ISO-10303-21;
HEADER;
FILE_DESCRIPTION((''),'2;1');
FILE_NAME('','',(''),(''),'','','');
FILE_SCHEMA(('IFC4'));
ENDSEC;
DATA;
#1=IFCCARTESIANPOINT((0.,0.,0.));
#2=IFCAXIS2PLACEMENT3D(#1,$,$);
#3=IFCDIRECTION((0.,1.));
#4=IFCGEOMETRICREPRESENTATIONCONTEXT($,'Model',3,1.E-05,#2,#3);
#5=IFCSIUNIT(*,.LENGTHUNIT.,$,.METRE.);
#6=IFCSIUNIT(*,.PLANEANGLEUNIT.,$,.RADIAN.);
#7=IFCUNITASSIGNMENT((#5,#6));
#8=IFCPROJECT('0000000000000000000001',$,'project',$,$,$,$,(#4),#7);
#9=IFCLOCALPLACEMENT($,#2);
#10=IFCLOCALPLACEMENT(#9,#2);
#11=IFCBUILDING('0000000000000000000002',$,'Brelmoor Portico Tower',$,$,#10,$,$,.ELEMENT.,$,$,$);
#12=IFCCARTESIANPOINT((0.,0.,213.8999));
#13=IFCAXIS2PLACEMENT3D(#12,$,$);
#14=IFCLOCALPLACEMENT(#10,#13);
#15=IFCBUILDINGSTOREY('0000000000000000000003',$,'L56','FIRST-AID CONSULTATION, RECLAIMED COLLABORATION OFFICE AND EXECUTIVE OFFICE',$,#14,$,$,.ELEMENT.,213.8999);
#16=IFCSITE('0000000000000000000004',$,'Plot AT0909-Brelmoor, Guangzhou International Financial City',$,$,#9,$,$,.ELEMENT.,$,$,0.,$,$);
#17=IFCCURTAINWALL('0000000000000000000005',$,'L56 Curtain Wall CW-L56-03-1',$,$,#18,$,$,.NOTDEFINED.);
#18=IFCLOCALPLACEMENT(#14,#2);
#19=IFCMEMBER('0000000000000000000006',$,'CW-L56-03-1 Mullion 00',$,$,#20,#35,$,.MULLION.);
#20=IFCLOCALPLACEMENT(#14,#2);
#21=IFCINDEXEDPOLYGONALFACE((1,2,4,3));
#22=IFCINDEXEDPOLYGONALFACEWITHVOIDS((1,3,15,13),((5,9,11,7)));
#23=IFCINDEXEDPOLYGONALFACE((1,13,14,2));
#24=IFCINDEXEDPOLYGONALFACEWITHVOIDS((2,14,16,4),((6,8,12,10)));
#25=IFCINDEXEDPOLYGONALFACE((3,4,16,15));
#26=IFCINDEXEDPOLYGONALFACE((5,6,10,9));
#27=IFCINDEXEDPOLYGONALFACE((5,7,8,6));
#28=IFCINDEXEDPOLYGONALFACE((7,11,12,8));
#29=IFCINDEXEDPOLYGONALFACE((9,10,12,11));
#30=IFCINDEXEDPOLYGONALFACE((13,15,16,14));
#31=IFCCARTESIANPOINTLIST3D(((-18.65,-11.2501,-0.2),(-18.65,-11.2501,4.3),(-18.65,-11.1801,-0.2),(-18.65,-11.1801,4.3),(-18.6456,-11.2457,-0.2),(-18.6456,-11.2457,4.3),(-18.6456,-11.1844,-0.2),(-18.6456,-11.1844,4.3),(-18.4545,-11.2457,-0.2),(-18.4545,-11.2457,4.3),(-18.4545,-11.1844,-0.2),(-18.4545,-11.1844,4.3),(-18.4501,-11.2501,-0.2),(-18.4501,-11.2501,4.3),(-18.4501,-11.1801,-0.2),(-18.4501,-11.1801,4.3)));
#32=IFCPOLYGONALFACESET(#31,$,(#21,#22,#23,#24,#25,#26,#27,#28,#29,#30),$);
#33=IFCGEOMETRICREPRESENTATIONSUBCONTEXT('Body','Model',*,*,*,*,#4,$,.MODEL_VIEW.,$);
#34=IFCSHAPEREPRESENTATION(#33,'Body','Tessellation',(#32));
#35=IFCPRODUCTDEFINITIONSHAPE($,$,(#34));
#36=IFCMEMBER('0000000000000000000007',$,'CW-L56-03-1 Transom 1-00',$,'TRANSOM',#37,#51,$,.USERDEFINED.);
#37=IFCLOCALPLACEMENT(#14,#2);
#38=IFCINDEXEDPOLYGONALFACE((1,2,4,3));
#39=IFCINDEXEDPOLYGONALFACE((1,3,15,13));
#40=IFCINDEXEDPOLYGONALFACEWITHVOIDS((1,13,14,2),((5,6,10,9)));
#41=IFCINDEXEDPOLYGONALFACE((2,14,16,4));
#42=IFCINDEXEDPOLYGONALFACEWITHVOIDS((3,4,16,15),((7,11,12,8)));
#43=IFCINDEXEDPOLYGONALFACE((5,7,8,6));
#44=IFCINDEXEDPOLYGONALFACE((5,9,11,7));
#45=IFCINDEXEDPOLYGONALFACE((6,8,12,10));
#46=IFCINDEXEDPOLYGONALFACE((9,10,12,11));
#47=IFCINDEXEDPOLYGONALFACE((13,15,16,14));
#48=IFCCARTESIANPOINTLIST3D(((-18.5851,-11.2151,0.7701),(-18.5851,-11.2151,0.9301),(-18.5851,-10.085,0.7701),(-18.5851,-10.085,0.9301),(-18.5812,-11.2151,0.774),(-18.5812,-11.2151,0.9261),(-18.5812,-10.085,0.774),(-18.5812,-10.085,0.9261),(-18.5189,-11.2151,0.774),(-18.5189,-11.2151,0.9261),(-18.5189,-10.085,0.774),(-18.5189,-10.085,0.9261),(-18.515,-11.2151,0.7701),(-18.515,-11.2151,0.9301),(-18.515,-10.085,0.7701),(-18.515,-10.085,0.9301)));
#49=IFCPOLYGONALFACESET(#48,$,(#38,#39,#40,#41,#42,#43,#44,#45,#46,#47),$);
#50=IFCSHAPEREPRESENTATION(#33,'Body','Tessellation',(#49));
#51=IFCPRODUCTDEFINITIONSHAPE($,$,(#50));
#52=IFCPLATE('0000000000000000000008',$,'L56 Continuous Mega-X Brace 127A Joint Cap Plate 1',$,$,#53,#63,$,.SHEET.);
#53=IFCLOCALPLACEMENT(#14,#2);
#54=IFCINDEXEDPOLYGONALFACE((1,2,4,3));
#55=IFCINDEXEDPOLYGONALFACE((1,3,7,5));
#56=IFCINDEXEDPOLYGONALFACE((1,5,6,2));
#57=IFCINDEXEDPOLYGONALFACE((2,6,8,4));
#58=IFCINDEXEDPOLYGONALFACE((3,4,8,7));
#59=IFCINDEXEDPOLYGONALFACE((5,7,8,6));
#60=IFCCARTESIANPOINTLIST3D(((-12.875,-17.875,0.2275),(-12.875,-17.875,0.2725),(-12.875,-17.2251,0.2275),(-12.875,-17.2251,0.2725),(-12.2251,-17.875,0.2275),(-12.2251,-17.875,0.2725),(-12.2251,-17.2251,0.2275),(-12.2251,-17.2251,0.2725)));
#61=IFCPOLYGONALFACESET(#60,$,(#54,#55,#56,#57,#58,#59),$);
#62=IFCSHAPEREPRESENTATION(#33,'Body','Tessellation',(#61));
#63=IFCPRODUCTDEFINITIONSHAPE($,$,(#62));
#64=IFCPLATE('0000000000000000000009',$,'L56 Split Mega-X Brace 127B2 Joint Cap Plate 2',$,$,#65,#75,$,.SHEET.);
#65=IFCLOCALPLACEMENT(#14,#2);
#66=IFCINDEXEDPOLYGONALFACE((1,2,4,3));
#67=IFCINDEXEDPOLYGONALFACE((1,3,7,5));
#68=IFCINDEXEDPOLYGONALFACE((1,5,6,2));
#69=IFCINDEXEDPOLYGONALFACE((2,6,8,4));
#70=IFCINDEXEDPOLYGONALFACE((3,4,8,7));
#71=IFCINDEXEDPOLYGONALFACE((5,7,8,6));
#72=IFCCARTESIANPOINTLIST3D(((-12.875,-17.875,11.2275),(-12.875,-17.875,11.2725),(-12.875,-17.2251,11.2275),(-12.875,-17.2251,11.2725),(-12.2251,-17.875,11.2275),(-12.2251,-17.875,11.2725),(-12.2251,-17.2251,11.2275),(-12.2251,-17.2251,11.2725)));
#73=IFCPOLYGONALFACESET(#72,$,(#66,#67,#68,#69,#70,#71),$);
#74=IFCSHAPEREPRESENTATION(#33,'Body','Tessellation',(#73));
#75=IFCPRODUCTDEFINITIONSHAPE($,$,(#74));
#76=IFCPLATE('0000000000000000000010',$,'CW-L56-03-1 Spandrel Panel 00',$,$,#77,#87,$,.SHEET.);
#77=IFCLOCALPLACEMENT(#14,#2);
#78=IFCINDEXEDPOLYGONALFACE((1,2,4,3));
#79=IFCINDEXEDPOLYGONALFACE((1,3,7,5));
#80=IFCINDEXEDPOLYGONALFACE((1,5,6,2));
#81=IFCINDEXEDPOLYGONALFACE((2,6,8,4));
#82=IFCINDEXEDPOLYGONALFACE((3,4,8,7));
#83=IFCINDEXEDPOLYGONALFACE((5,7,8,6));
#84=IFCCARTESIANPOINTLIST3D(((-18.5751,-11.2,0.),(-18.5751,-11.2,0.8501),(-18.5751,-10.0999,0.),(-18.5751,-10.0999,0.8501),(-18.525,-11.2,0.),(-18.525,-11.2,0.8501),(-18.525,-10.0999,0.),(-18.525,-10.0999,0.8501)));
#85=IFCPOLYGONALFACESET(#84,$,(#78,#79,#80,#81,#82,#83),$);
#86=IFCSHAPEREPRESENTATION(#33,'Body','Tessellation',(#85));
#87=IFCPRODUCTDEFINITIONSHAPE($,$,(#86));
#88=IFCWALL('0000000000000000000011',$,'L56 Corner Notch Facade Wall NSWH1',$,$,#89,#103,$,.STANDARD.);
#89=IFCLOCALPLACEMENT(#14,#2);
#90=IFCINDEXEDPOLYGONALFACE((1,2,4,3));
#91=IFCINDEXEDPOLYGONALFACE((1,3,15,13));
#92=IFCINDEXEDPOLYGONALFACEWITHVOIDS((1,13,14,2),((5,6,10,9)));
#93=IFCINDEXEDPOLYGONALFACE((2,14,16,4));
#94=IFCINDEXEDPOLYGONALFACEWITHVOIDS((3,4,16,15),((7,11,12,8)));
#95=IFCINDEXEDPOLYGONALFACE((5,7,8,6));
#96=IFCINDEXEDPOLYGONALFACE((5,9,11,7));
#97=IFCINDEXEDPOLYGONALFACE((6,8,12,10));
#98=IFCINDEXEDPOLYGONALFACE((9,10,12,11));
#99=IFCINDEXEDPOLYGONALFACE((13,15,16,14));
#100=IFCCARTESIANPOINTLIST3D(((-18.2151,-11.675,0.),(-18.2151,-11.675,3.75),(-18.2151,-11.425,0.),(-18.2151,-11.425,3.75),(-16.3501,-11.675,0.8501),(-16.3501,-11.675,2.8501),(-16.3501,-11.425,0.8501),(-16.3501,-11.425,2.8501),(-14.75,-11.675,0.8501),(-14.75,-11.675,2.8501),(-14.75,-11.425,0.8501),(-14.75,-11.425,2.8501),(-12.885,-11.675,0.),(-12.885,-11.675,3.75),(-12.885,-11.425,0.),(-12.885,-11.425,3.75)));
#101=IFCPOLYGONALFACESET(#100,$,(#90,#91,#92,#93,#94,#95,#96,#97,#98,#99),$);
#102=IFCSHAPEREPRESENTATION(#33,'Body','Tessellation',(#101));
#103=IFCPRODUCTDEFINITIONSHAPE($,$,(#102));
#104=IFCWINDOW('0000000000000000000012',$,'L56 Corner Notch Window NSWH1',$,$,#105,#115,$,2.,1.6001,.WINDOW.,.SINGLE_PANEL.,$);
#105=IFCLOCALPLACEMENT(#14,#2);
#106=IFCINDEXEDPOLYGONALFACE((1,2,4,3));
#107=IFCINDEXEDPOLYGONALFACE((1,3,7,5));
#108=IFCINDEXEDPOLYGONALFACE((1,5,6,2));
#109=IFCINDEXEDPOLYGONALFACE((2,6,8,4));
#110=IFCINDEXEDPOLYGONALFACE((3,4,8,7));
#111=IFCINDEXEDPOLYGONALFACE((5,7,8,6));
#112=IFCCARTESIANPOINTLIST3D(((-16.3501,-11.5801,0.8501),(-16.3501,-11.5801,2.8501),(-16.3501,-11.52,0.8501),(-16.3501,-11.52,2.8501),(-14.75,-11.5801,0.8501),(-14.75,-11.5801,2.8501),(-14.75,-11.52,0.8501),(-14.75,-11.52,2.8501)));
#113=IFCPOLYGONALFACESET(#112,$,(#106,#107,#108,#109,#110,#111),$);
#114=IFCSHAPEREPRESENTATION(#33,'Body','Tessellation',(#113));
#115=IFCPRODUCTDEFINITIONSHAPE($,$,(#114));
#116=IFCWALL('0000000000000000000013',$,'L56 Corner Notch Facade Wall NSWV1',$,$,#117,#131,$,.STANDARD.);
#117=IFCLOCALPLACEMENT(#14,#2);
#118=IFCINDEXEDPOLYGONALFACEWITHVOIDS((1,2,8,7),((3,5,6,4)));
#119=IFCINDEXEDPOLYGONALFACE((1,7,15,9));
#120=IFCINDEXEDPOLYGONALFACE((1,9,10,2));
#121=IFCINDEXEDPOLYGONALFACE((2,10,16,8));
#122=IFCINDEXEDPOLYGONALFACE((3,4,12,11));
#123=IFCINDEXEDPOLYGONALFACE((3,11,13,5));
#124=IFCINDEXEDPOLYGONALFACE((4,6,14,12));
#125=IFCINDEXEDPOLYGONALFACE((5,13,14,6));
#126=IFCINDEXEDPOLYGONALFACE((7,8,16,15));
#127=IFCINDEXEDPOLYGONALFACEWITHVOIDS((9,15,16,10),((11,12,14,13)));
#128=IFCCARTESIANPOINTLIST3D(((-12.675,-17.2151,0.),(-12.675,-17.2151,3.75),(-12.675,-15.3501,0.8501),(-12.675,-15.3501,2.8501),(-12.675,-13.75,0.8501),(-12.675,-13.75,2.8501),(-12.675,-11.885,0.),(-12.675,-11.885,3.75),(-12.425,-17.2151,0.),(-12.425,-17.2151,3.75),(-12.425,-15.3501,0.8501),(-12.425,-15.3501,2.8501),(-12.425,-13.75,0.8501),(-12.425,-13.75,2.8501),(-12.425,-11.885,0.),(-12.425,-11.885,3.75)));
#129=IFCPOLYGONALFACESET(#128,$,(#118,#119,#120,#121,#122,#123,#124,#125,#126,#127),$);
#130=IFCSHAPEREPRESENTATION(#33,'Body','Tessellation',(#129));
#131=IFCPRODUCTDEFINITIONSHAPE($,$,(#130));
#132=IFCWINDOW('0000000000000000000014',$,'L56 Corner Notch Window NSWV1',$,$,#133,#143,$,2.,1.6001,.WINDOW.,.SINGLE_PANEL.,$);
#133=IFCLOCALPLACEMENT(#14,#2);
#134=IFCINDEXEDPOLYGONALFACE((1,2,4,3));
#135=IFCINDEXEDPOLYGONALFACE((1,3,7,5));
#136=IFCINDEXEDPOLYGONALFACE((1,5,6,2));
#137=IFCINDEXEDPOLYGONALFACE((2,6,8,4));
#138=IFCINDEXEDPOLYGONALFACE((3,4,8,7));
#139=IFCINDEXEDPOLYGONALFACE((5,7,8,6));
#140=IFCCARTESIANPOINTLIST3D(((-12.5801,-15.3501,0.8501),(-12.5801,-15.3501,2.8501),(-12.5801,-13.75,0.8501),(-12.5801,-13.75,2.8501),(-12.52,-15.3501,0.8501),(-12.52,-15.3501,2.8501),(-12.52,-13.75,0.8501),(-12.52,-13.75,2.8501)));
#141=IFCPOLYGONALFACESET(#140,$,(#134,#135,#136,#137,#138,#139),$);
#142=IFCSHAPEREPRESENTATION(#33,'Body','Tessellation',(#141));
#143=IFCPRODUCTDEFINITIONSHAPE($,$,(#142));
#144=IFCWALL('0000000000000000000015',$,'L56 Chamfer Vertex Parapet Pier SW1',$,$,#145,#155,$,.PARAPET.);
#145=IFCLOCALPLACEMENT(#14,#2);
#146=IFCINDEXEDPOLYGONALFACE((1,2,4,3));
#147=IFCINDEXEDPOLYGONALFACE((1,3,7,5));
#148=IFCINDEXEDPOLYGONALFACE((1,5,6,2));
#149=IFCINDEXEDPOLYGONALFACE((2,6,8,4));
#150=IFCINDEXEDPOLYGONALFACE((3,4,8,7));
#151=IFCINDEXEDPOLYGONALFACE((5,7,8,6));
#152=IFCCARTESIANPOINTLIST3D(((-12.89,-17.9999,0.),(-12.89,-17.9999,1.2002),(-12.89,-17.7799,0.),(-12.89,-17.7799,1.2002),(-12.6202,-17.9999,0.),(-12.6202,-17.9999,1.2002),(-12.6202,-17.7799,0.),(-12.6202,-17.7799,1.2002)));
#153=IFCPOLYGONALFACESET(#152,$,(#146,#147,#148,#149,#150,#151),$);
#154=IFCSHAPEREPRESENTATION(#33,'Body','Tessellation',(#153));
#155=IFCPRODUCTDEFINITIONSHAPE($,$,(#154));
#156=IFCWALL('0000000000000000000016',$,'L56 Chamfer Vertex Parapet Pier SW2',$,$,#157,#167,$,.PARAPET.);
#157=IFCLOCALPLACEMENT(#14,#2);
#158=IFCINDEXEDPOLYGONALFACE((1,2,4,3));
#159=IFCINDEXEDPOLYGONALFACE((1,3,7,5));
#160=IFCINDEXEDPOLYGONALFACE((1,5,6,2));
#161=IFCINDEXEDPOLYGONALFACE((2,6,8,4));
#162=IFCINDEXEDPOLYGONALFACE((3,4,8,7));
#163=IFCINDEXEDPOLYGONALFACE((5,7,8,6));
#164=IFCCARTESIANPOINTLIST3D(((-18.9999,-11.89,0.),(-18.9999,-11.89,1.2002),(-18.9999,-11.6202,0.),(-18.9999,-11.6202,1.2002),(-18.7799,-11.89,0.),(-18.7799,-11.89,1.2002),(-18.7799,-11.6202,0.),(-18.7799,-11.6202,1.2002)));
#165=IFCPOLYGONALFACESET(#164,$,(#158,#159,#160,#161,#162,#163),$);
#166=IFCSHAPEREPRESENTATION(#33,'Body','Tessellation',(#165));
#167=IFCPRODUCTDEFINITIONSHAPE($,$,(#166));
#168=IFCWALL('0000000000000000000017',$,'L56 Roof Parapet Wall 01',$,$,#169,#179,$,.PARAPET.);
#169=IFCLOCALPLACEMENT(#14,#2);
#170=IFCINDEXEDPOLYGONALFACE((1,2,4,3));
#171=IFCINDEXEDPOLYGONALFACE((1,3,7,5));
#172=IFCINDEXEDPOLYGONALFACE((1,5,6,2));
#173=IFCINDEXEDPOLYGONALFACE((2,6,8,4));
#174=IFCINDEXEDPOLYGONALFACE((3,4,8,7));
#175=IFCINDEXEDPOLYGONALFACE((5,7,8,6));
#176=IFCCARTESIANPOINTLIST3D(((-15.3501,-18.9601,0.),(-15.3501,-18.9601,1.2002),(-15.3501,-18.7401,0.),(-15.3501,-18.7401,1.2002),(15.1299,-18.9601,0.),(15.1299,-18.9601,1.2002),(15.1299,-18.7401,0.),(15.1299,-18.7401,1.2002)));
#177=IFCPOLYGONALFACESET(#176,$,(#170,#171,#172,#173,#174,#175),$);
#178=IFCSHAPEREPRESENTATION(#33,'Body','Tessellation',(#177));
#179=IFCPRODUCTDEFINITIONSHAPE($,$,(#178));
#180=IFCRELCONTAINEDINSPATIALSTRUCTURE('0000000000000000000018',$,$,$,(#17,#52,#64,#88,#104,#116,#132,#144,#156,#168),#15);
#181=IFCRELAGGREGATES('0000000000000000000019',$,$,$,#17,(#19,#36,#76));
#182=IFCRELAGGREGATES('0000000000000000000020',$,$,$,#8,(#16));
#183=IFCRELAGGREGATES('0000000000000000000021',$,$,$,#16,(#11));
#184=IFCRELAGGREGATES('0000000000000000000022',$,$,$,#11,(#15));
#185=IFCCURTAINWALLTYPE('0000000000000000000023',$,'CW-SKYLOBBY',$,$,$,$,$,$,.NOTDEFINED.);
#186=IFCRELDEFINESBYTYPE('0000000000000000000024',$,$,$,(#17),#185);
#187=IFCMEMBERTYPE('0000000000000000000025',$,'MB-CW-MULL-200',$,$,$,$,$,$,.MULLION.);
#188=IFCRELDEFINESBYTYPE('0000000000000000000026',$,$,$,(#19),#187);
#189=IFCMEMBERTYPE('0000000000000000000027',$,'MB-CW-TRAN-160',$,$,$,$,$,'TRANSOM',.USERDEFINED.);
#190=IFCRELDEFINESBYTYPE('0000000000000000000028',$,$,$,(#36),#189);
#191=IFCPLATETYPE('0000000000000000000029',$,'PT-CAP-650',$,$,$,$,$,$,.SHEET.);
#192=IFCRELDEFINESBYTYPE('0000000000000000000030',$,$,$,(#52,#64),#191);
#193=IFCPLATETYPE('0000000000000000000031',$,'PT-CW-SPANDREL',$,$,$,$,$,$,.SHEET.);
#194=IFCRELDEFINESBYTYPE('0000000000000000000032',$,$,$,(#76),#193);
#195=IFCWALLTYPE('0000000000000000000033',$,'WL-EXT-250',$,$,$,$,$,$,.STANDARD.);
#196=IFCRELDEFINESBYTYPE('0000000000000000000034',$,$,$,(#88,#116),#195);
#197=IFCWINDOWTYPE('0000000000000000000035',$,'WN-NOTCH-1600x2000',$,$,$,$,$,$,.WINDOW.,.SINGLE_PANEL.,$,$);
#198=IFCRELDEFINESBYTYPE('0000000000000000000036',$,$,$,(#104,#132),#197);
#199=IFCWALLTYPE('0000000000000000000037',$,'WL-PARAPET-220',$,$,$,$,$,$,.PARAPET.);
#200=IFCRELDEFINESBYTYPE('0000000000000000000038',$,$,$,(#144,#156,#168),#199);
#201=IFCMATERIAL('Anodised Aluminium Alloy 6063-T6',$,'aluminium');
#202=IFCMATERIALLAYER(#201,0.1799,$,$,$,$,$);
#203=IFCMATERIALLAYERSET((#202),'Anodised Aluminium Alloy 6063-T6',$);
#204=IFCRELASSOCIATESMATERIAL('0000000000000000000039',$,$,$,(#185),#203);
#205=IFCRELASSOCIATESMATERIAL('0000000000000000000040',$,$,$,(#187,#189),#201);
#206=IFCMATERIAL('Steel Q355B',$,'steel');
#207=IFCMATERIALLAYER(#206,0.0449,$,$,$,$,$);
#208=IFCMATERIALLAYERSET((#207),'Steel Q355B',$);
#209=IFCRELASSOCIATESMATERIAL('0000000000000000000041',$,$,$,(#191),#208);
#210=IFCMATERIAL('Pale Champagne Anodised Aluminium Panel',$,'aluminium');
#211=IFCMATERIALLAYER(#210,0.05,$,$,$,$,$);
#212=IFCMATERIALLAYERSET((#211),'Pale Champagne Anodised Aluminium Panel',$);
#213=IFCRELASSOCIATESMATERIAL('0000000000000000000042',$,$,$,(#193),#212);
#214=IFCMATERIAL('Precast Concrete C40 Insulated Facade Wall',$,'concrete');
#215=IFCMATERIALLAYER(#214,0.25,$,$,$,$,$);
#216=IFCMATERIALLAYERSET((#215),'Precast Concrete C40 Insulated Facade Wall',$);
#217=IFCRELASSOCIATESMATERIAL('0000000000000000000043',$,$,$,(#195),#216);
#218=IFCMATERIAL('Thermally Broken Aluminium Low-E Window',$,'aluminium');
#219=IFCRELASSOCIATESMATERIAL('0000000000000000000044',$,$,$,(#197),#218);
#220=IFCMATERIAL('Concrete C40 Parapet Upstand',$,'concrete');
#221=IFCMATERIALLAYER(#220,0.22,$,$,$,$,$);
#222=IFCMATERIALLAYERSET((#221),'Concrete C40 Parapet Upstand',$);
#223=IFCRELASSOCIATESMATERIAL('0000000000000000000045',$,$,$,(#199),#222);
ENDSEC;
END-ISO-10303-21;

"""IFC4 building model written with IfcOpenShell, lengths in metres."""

from ifc_helpers import new_model, si_unit, direction, frame, frame_2d, origin, origin_2d, place, context, subcontext, project, spatial, rectangle, hollow_rectangle, extrude, material, layer, layer_set, material_profile, profile_set, type_object, element, fill, aggregate, save


model = new_model("IFC4")

# Units and contexts
model_context = context("Model", 3, precision=1e-05, world=origin(), true_north=direction((0.0, 1.0)))
body_context = subcontext(model_context, "Body", "Model", "MODEL_VIEW")
ifc_project = project(units=[si_unit("LENGTHUNIT", "METRE"), si_unit("PLANEANGLEUNIT", "RADIAN")], contexts=[model_context])

# Site, building, storey
site_placement = place(None, origin())
site = spatial("IfcSite", under=ifc_project, at=site_placement, Name="Plot AT0909-Brelmoor, Guangzhou International Financial City", CompositionType="ELEMENT", RefElevation=0.0)
building_placement = place(site_placement, origin())
building = spatial("IfcBuilding", under=site, at=building_placement, Name="Brelmoor Portico Tower", CompositionType="ELEMENT")
storey_placement = place(building_placement, frame((0.0, 0.0, 213.8999)))
storey = spatial("IfcBuildingStorey", under=building, at=storey_placement, Name="L56", Description="FIRST-AID CONSULTATION, RECLAIMED COLLABORATION OFFICE AND EXECUTIVE OFFICE", CompositionType="ELEMENT", Elevation=213.8999)

# Shared definitions
ifc_material_1 = material(Name="Steel Q355B", Category="steel")

# Curtain wall, members
ifc_material_2 = material(Name="Anodised Aluminium Alloy 6063-T6", Category="aluminium")
ifc_layer_1 = layer(ifc_material_2, 0.1799)
ifc_layer_set_1 = layer_set([ifc_layer_1], Name="Anodised Aluminium Alloy 6063-T6")
curtain_wall_type = type_object("IfcCurtainWallType", Name="CW-SKYLOBBY", PredefinedType="NOTDEFINED", material=ifc_layer_set_1)
curtain_wall_placement = place(storey_placement, origin())
curtain_wall = element("IfcCurtainWall", 1, at=curtain_wall_placement, inside=storey, type_object=curtain_wall_type, Name="L56 Curtain Wall CW-L56-03-1", PredefinedType="NOTDEFINED")
ifc_material_profile_1 = material_profile(ifc_material_2, hollow_rectangle(XDim=0.0701, YDim=0.2, WallThickness=0.0044, at=origin_2d()), Name="ALU MULLION 70x200")
ifc_profile_set_1 = profile_set([ifc_material_profile_1], Name="Anodised Aluminium Alloy 6063-T6")
member_type_1 = type_object("IfcMemberType", Name="MB-CW-MULL-200", PredefinedType="MULLION", material=ifc_profile_set_1)
member_1_placement = place(storey_placement, frame((-18.55, -11.2151, -0.2), z_axis=(0.0, 0.0, 1.0), x_axis=(0.0, 1.0, 0.0)))
member_1 = element("IfcMember", 2, at=member_1_placement, type_object=member_type_1, Name="CW-L56-03-1 Mullion 00", PredefinedType="MULLION", context=body_context, shape_type="SweptSolid", body=[
    extrude(hollow_rectangle(XDim=0.0701, YDim=0.2, WallThickness=0.0044, at=origin_2d()), origin(), (0.0, 0.0, 1.0), 4.5),
])
ifc_material_profile_2 = material_profile(ifc_material_2, hollow_rectangle(XDim=0.0701, YDim=0.1599, WallThickness=0.0039, at=origin_2d()), Name="ALU TRANSOM 70x160")
ifc_profile_set_2 = profile_set([ifc_material_profile_2], Name="Anodised Aluminium Alloy 6063-T6")
member_type_2 = type_object("IfcMemberType", Name="MB-CW-TRAN-160", ElementType="TRANSOM", PredefinedType="USERDEFINED", material=ifc_profile_set_2)
member_2_placement = place(storey_placement, frame((-18.55, -11.2151, 0.8501), z_axis=(0.0, 1.0, 0.0), x_axis=(-1.0, 0.0, 0.0)))
member_2 = element("IfcMember", 3, at=member_2_placement, type_object=member_type_2, Name="CW-L56-03-1 Transom 1-00", ObjectType="TRANSOM", PredefinedType="USERDEFINED", context=body_context, shape_type="SweptSolid", body=[
    extrude(hollow_rectangle(XDim=0.0701, YDim=0.1599, WallThickness=0.0039, at=origin_2d()), origin(), (0.0, 0.0, 1.0), 1.1301),
])

# Plates
ifc_layer_2 = layer(ifc_material_1, 0.0449)
ifc_layer_set_2 = layer_set([ifc_layer_2], Name="Steel Q355B")
plate_type_1 = type_object("IfcPlateType", Name="PT-CAP-650", PredefinedType="SHEET", material=ifc_layer_set_2)
for number, where, z_axis, x_axis, name in (
    (4, (-12.55, -17.55, 0.2275), (0.0, 0.0, 1.0), (1.0, 0.0, 0.0), "L56 Continuous Mega-X Brace 127A Joint Cap Plate 1"),
    (5, (-12.55, -17.55, 11.2275), (0.0, 0.0, 1.0), (1.0, 0.0, 0.0), "L56 Split Mega-X Brace 127B2 Joint Cap Plate 2"),
):
    element("IfcPlate", number, at=place(storey_placement, frame(where, z_axis=z_axis, x_axis=x_axis)), inside=storey, type_object=plate_type_1, Name=name, PredefinedType="SHEET", context=body_context, shape_type="SweptSolid", body=[
        extrude(rectangle(XDim=0.6499, YDim=0.6499, at=origin_2d()), origin(), (0.0, 0.0, 1.0), 0.0449),
    ])

# Plate
ifc_material_3 = material(Name="Pale Champagne Anodised Aluminium Panel", Category="aluminium")
ifc_layer_3 = layer(ifc_material_3, 0.05)
ifc_layer_set_3 = layer_set([ifc_layer_3], Name="Pale Champagne Anodised Aluminium Panel")
plate_type_2 = type_object("IfcPlateType", Name="PT-CW-SPANDREL", PredefinedType="SHEET", material=ifc_layer_set_3)
plate_placement = place(storey_placement, frame((-18.55, -10.6499, 0.0), z_axis=(0.0, 0.0, 1.0), x_axis=(0.0, 1.0, 0.0)))
plate = element("IfcPlate", 6, at=plate_placement, type_object=plate_type_2, Name="CW-L56-03-1 Spandrel Panel 00", PredefinedType="SHEET", context=body_context, shape_type="SweptSolid", body=[
    extrude(rectangle(XDim=1.1001, YDim=0.05, at=origin_2d()), origin(), (0.0, 0.0, 1.0), 0.8501),
])
aggregate(curtain_wall, [member_1, member_2, plate])

# Walls, openings, windows
ifc_material_4 = material(Name="Precast Concrete C40 Insulated Facade Wall", Category="concrete")
ifc_layer_4 = layer(ifc_material_4, 0.25)
ifc_layer_set_4 = layer_set([ifc_layer_4], Name="Precast Concrete C40 Insulated Facade Wall")
wall_type_1 = type_object("IfcWallType", Name="WL-EXT-250", PredefinedType="STANDARD", material=ifc_layer_set_4)
wall_1_placement = place(storey_placement, frame((-18.2151, -11.55, 0.0), z_axis=(0.0, 0.0, 1.0), x_axis=(1.0, 0.0, 0.0)))
wall_1 = element("IfcWall", 7, at=wall_1_placement, inside=storey, type_object=wall_type_1, Name="L56 Corner Notch Facade Wall NSWH1", PredefinedType="STANDARD", context=body_context, shape_type="SweptSolid", body=[
    extrude(rectangle(XDim=5.3301, YDim=0.25, at=frame_2d((2.665, 0.0))), origin(), (0.0, 0.0, 1.0), 3.75),
])
opening_1_placement = place(wall_1_placement, frame((1.865, 0.0, 0.8501)))
opening_1 = element("IfcOpeningElement", 8, at=opening_1_placement, cuts=wall_1, PredefinedType="OPENING", context=body_context, shape_type="SweptSolid", body=[
    extrude(rectangle(XDim=1.6001, YDim=2.0, at=frame_2d((0.8, 1.0))), frame((0.0, 0.135, 0.0), z_axis=(0.0, -1.0, 0.0), x_axis=(1.0, 0.0, 0.0)), (0.0, 0.0, 1.0), 0.27),
])
ifc_material_5 = material(Name="Thermally Broken Aluminium Low-E Window", Category="aluminium")
window_type = type_object("IfcWindowType", Name="WN-NOTCH-1600x2000", PartitioningType="SINGLE_PANEL", PredefinedType="WINDOW", material=ifc_material_5)
window_1_placement = place(opening_1_placement, origin())
window_1 = element("IfcWindow", 9, at=window_1_placement, inside=storey, type_object=window_type, Name="L56 Corner Notch Window NSWH1", OverallHeight=2.0, OverallWidth=1.6001, PartitioningType="SINGLE_PANEL", PredefinedType="WINDOW", context=body_context, shape_type="SweptSolid", body=[
    extrude(rectangle(XDim=1.6001, YDim=2.0, at=frame_2d((0.8, 1.0))), frame((0.0, 0.03, 0.0), z_axis=(0.0, -1.0, 0.0), x_axis=(1.0, 0.0, 0.0)), (0.0, 0.0, 1.0), 0.0601),
])
fill(opening_1, window_1)
wall_2_placement = place(storey_placement, frame((-12.55, -17.2151, 0.0), z_axis=(0.0, 0.0, 1.0), x_axis=(0.0, 1.0, 0.0)))
wall_2 = element("IfcWall", 10, at=wall_2_placement, inside=storey, type_object=wall_type_1, Name="L56 Corner Notch Facade Wall NSWV1", PredefinedType="STANDARD", context=body_context, shape_type="SweptSolid", body=[
    extrude(rectangle(XDim=5.3301, YDim=0.25, at=frame_2d((2.665, 0.0))), origin(), (0.0, 0.0, 1.0), 3.75),
])
opening_2_placement = place(wall_2_placement, frame((1.865, 0.0, 0.8501)))
opening_2 = element("IfcOpeningElement", 11, at=opening_2_placement, cuts=wall_2, PredefinedType="OPENING", context=body_context, shape_type="SweptSolid", body=[
    extrude(rectangle(XDim=1.6001, YDim=2.0, at=frame_2d((0.8, 1.0))), frame((0.0, 0.135, 0.0), z_axis=(0.0, -1.0, 0.0), x_axis=(1.0, 0.0, 0.0)), (0.0, 0.0, 1.0), 0.27),
])
window_2_placement = place(opening_2_placement, origin())
window_2 = element("IfcWindow", 12, at=window_2_placement, inside=storey, type_object=window_type, Name="L56 Corner Notch Window NSWV1", OverallHeight=2.0, OverallWidth=1.6001, PartitioningType="SINGLE_PANEL", PredefinedType="WINDOW", context=body_context, shape_type="SweptSolid", body=[
    extrude(rectangle(XDim=1.6001, YDim=2.0, at=frame_2d((0.8, 1.0))), frame((0.0, 0.03, 0.0), z_axis=(0.0, -1.0, 0.0), x_axis=(1.0, 0.0, 0.0)), (0.0, 0.0, 1.0), 0.0601),
])
fill(opening_2, window_2)

# Walls
ifc_material_6 = material(Name="Concrete C40 Parapet Upstand", Category="concrete")
ifc_layer_5 = layer(ifc_material_6, 0.22)
ifc_layer_set_5 = layer_set([ifc_layer_5], Name="Concrete C40 Parapet Upstand")
wall_type_2 = type_object("IfcWallType", Name="WL-PARAPET-220", PredefinedType="PARAPET", material=ifc_layer_set_5)
for number, where, z_axis, x_axis, name in (
    (13, (-12.8899, -17.8899, 0.0), (0.0, 0.0, 1.0), (1.0, 0.0, 0.0), "L56 Chamfer Vertex Parapet Pier SW1"),
    (14, (-18.8899, -11.8899, 0.0), (0.0, 0.0, 1.0), (0.0, 1.0, 0.0), "L56 Chamfer Vertex Parapet Pier SW2"),
):
    element("IfcWall", number, at=place(storey_placement, frame(where, z_axis=z_axis, x_axis=x_axis)), inside=storey, type_object=wall_type_2, Name=name, PredefinedType="PARAPET", context=body_context, shape_type="SweptSolid", body=[
        extrude(rectangle(XDim=0.2698, YDim=0.22, at=frame_2d((0.1348, 0.0))), origin(), (0.0, 0.0, 1.0), 1.2002),
    ])
wall_3_placement = place(storey_placement, frame((-15.3501, -18.8501, 0.0), z_axis=(0.0, 0.0, 1.0), x_axis=(1.0, 0.0, 0.0)))
element("IfcWall", 15, at=wall_3_placement, inside=storey, type_object=wall_type_2, Name="L56 Roof Parapet Wall 01", PredefinedType="PARAPET", context=body_context, shape_type="SweptSolid", body=[
    extrude(rectangle(XDim=30.48, YDim=0.22, at=frame_2d((15.24, 0.0))), origin(), (0.0, 0.0, 1.0), 1.2002),
])

save(model, "model.ifc")
